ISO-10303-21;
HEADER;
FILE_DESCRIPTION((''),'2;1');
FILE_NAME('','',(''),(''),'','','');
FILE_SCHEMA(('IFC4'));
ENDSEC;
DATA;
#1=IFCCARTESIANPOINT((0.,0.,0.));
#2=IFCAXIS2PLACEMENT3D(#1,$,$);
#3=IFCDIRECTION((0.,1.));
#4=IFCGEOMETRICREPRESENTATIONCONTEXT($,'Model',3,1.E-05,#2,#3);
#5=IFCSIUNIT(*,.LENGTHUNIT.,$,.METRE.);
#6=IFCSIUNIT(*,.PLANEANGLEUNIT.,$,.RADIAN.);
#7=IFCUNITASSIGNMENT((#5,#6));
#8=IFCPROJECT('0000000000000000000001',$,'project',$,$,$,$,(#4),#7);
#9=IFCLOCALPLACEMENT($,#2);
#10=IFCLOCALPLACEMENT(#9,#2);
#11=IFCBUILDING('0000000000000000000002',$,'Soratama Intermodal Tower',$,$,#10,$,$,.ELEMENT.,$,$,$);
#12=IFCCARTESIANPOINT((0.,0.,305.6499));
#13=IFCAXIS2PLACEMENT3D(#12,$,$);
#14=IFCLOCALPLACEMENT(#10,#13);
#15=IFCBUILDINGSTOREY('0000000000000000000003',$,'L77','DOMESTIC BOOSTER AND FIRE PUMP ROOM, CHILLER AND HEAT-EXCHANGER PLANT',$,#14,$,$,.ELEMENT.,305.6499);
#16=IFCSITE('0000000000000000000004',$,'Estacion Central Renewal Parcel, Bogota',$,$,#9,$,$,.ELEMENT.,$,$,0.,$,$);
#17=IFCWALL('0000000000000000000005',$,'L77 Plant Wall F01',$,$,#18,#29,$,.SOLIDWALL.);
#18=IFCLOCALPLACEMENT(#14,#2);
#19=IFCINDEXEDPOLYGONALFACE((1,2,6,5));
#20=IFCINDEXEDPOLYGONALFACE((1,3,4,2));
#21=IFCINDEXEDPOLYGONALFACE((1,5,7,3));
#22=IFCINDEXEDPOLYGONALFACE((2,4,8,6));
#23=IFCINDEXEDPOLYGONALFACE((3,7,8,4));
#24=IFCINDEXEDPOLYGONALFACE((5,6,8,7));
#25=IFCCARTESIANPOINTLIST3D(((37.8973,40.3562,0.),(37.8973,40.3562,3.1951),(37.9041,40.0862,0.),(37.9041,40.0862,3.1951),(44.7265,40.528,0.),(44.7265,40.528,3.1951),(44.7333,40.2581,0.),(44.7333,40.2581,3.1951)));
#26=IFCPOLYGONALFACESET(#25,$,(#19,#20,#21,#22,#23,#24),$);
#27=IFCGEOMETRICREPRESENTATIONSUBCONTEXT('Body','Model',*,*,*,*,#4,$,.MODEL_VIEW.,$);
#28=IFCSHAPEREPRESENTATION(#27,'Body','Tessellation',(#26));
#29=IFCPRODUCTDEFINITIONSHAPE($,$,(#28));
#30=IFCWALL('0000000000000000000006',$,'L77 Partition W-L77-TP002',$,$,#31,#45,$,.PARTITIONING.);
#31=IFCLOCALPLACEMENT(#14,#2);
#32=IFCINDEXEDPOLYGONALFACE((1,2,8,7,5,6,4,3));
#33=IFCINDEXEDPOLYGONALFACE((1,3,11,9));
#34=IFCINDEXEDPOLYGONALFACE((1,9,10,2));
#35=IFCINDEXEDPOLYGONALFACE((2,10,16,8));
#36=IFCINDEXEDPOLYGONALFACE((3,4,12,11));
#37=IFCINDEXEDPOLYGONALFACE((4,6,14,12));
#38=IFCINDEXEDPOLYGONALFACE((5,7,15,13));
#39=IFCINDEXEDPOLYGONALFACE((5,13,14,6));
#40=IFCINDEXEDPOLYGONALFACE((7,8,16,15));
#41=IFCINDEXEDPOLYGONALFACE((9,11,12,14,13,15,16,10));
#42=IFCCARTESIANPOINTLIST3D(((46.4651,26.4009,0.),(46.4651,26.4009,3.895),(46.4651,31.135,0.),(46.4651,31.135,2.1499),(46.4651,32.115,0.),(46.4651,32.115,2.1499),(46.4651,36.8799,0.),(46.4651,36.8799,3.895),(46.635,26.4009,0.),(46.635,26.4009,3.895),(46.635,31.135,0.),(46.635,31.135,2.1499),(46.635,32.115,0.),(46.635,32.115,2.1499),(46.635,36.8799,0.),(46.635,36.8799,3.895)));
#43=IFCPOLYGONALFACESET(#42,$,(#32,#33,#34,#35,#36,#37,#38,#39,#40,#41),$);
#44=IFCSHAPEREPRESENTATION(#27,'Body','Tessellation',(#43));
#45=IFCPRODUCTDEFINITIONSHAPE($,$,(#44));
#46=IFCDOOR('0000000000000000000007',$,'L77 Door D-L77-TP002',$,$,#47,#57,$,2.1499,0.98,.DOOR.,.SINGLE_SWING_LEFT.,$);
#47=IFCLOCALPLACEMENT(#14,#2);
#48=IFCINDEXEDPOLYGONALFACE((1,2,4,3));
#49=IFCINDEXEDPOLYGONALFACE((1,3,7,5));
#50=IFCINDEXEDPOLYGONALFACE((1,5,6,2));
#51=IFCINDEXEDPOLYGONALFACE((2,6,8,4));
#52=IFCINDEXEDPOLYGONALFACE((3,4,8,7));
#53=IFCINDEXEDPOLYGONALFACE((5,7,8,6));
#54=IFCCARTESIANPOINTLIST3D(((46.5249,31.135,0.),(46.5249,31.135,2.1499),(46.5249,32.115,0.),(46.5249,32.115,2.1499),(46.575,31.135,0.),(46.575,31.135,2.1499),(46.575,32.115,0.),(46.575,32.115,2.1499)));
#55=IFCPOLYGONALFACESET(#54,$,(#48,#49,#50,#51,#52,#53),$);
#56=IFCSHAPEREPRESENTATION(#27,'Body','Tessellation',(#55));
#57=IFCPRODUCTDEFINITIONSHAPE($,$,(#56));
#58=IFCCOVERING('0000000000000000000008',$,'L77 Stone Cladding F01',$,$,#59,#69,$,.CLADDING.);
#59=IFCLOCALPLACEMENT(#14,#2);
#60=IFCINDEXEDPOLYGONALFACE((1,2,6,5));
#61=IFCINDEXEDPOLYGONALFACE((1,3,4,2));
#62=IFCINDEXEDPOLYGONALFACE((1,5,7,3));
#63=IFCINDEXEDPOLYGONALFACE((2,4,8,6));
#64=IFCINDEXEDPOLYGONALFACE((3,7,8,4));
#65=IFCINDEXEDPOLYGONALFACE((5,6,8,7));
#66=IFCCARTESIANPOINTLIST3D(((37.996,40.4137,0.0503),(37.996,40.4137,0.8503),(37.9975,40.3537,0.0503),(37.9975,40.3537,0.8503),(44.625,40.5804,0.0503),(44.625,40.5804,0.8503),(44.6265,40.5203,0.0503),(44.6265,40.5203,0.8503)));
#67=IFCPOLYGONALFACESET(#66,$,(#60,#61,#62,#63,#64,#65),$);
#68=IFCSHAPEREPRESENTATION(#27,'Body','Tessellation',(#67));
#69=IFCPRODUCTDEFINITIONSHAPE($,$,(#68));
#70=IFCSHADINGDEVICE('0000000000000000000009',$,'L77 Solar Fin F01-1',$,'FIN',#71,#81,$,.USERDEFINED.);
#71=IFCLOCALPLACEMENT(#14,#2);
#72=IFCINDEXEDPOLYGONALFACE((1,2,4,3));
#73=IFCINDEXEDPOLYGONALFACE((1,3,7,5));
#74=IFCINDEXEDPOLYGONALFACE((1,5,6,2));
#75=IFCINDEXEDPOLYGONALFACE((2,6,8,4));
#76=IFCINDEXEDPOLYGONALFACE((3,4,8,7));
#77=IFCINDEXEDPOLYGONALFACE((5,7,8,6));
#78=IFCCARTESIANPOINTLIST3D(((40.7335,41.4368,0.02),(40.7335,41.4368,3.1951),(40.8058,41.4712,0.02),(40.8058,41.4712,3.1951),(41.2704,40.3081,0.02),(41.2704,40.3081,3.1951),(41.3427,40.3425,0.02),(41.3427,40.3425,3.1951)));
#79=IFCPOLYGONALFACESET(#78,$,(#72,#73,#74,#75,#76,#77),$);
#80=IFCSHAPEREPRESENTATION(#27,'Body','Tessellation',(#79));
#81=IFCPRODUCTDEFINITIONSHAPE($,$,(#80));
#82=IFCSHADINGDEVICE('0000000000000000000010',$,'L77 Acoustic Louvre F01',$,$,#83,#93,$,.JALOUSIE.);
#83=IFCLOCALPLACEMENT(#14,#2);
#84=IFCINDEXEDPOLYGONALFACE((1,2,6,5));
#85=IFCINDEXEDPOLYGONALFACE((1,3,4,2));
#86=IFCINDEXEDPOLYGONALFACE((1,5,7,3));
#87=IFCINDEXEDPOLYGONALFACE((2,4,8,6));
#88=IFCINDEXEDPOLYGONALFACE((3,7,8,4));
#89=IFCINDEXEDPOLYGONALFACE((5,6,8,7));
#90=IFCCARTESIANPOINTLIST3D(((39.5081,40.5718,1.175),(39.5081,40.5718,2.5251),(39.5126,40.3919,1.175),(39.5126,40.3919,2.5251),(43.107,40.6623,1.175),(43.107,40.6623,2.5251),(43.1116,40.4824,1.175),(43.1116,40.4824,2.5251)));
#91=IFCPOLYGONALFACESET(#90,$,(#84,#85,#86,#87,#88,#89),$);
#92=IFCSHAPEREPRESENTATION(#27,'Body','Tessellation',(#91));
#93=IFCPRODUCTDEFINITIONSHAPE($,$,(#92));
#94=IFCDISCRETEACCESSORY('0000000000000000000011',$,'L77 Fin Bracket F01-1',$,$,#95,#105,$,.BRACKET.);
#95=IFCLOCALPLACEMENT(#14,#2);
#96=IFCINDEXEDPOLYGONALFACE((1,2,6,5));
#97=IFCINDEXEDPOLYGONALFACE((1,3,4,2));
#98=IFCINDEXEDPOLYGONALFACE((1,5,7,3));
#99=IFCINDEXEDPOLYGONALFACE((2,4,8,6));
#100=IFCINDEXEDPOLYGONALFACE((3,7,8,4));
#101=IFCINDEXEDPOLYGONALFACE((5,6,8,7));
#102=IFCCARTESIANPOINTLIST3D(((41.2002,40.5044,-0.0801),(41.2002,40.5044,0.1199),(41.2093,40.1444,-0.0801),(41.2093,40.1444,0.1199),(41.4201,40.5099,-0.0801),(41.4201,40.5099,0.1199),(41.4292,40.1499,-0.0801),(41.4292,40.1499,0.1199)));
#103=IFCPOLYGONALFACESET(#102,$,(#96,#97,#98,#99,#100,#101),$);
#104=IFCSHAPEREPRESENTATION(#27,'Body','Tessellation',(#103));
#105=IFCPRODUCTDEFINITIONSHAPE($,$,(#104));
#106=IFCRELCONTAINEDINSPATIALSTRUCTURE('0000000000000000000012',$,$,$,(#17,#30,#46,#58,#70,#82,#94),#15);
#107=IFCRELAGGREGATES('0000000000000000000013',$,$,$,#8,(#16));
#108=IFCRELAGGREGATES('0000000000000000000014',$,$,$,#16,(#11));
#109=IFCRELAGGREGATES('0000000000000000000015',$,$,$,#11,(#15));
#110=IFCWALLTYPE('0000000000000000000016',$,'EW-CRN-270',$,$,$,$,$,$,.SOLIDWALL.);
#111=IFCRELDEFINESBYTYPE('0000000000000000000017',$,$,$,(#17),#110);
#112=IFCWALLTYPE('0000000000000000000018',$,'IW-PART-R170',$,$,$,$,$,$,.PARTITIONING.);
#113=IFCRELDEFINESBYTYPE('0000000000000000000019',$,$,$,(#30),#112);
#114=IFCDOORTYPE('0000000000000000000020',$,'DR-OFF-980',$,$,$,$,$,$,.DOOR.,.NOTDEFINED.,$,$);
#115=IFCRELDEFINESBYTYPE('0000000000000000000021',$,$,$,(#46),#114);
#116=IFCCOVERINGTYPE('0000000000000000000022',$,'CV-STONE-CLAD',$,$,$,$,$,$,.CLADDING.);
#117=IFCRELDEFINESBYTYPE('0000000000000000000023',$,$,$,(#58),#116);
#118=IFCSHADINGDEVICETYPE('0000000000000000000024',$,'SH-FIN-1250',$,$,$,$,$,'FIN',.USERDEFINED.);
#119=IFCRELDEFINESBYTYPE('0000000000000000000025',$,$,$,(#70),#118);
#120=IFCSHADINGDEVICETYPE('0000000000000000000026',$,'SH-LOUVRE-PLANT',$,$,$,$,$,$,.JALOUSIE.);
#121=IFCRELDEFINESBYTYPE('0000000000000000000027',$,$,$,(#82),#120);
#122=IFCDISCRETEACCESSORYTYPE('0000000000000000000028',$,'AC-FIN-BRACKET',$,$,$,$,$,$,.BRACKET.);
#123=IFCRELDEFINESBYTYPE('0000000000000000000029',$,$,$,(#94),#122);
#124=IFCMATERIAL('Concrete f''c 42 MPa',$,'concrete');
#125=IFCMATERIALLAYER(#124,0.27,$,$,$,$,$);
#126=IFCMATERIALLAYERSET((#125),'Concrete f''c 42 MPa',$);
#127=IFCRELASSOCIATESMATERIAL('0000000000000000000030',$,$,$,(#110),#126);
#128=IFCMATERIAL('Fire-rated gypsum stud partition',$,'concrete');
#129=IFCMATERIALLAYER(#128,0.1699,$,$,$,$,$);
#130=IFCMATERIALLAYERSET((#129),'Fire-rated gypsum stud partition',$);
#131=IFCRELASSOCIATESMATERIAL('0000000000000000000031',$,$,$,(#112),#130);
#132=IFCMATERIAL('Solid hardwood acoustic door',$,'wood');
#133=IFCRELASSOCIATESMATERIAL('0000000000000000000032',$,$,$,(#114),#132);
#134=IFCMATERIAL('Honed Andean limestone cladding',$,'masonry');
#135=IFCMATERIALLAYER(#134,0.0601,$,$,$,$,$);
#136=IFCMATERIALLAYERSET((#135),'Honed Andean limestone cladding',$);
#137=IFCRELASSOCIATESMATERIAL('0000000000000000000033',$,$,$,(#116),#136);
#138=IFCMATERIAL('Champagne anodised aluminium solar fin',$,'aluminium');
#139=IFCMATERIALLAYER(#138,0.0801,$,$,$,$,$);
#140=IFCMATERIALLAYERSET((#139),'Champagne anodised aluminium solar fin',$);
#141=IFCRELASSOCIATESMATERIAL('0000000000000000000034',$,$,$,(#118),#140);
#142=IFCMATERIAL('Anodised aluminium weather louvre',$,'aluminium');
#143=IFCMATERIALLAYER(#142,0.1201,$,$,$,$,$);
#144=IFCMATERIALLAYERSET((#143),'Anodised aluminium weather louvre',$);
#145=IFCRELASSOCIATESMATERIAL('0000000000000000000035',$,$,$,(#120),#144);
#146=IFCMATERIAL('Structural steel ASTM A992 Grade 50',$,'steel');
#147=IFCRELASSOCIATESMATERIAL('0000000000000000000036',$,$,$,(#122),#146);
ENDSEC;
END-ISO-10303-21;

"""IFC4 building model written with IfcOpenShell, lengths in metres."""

from ifc_helpers import new_model, si_unit, direction, frame, frame_2d, origin, origin_2d, place, context, subcontext, project, spatial, rectangle, extrude, material, layer, layer_set, type_object, element, fill, save


model = new_model("IFC4")

# Units and contexts
model_context = context("Model", 3, precision=1e-05, world=origin(), true_north=direction((0.0, 1.0)))
body_context = subcontext(model_context, "Body", "Model", "MODEL_VIEW")
ifc_project = project(units=[si_unit("LENGTHUNIT", "METRE"), si_unit("PLANEANGLEUNIT", "RADIAN")], contexts=[model_context])

# Site, building, storey
site_placement = place(None, origin())
site = spatial("IfcSite", under=ifc_project, at=site_placement, Name="Estacion Central Renewal Parcel, Bogota", CompositionType="ELEMENT", RefElevation=0.0)
building_placement = place(site_placement, origin())
building = spatial("IfcBuilding", under=site, at=building_placement, Name="Soratama Intermodal Tower", CompositionType="ELEMENT")
storey_placement = place(building_placement, frame((0.0, 0.0, 305.6499)))
storey = spatial("IfcBuildingStorey", under=building, at=storey_placement, Name="L77", Description="DOMESTIC BOOSTER AND FIRE PUMP ROOM, CHILLER AND HEAT-EXCHANGER PLANT", CompositionType="ELEMENT", Elevation=305.6499)

# Wall
ifc_material_1 = material(Name="Concrete f'c 42 MPa", Category="concrete")
ifc_layer_1 = layer(ifc_material_1, 0.27)
ifc_layer_set_1 = layer_set([ifc_layer_1], Name="Concrete f'c 42 MPa")
wall_type_1 = type_object("IfcWallType", Name="EW-CRN-270", PredefinedType="SOLIDWALL", material=ifc_layer_set_1)
wall_1_placement = place(storey_placement, frame((44.7297, 40.3931, 0.0), z_axis=(0.0, 0.0, 1.0), x_axis=(-0.999683, -0.02516, 0.0)))
element("IfcWall", 1, at=wall_1_placement, inside=storey, type_object=wall_type_1, Name="L77 Plant Wall F01", PredefinedType="SOLIDWALL", context=body_context, shape_type="SweptSolid", body=[
    extrude(rectangle(XDim=6.8313, YDim=0.27, at=frame_2d((3.4155, 0.0))), origin(), (0.0, 0.0, 1.0), 3.1951),
])

# Wall, opening, door
ifc_material_2 = material(Name="Fire-rated gypsum stud partition", Category="concrete")
ifc_layer_2 = layer(ifc_material_2, 0.1699)
ifc_layer_set_2 = layer_set([ifc_layer_2], Name="Fire-rated gypsum stud partition")
wall_type_2 = type_object("IfcWallType", Name="IW-PART-R170", PredefinedType="PARTITIONING", material=ifc_layer_set_2)
wall_2_placement = place(storey_placement, frame((46.55, 36.8799, 0.0), z_axis=(0.0, 0.0, 1.0), x_axis=(0.0, -1.0, 0.0)))
wall_2 = element("IfcWall", 2, at=wall_2_placement, inside=storey, type_object=wall_type_2, Name="L77 Partition W-L77-TP002", PredefinedType="PARTITIONING", context=body_context, shape_type="SweptSolid", body=[
    extrude(rectangle(XDim=10.479, YDim=0.1699, at=frame_2d((5.2395, 0.0))), origin(), (0.0, 0.0, 1.0), 3.895),
])
opening_placement = place(wall_2_placement, frame((4.7649, 0.0, 0.0)))
opening = element("IfcOpeningElement", 3, at=opening_placement, cuts=wall_2, PredefinedType="OPENING", context=body_context, shape_type="SweptSolid", body=[
    extrude(rectangle(XDim=0.98, YDim=2.1499, at=frame_2d((0.49, 1.075))), frame((0.0, 0.095, 0.0), z_axis=(0.0, -1.0, 0.0), x_axis=(1.0, 0.0, 0.0)), (0.0, 0.0, 1.0), 0.1899),
])
ifc_material_3 = material(Name="Solid hardwood acoustic door", Category="wood")
door_type = type_object("IfcDoorType", Name="DR-OFF-980", OperationType="NOTDEFINED", PredefinedType="DOOR", material=ifc_material_3)
door_placement = place(opening_placement, origin())
door = element("IfcDoor", 4, at=door_placement, inside=storey, type_object=door_type, Name="L77 Door D-L77-TP002", OperationType="SINGLE_SWING_LEFT", OverallHeight=2.1499, OverallWidth=0.98, PredefinedType="DOOR", context=body_context, shape_type="SweptSolid", body=[
    extrude(rectangle(XDim=0.98, YDim=2.1499, at=frame_2d((0.49, 1.075))), frame((0.0, 0.0249, 0.0), z_axis=(0.0, -1.0, 0.0), x_axis=(1.0, 0.0, 0.0)), (0.0, 0.0, 1.0), 0.05),
])
fill(opening, door)

# Covering
ifc_material_4 = material(Name="Honed Andean limestone cladding", Category="masonry")
ifc_layer_3 = layer(ifc_material_4, 0.0601)
ifc_layer_set_3 = layer_set([ifc_layer_3], Name="Honed Andean limestone cladding")
covering_type = type_object("IfcCoveringType", Name="CV-STONE-CLAD", PredefinedType="CLADDING", material=ifc_layer_set_3)
covering_placement = place(storey_placement, frame((41.3113, 40.467, 0.0503), z_axis=(0.0, 0.0, 1.0), x_axis=(-0.999684, -0.02513, 0.0)))
element("IfcCovering", 5, at=covering_placement, inside=storey, type_object=covering_type, Name="L77 Stone Cladding F01", PredefinedType="CLADDING", context=body_context, shape_type="SweptSolid", body=[
    extrude(rectangle(XDim=6.6311, YDim=0.0601, at=origin_2d()), origin(), (0.0, 0.0, 1.0), 0.8),
])

# Shading devices
ifc_material_5 = material(Name="Champagne anodised aluminium solar fin", Category="aluminium")
ifc_layer_4 = layer(ifc_material_5, 0.0801)
ifc_layer_set_4 = layer_set([ifc_layer_4], Name="Champagne anodised aluminium solar fin")
shading_device_type_1 = type_object("IfcShadingDeviceType", Name="SH-FIN-1250", ElementType="FIN", PredefinedType="USERDEFINED", material=ifc_layer_set_4)
shading_device_1_placement = place(storey_placement, frame((41.0381, 40.8896, 0.02), z_axis=(0.0, 0.0, 1.0), x_axis=(-0.429566, 0.903036, 0.0)))
element("IfcShadingDevice", 6, at=shading_device_1_placement, inside=storey, type_object=shading_device_type_1, Name="L77 Solar Fin F01-1", ObjectType="FIN", PredefinedType="USERDEFINED", context=body_context, shape_type="SweptSolid", body=[
    extrude(rectangle(XDim=1.25, YDim=0.0801, at=origin_2d()), origin(), (0.0, 0.0, 1.0), 3.175),
])
ifc_material_6 = material(Name="Anodised aluminium weather louvre", Category="aluminium")
ifc_layer_5 = layer(ifc_material_6, 0.1201)
ifc_layer_set_5 = layer_set([ifc_layer_5], Name="Anodised aluminium weather louvre")
shading_device_type_2 = type_object("IfcShadingDeviceType", Name="SH-LOUVRE-PLANT", PredefinedType="JALOUSIE", material=ifc_layer_set_5)
shading_device_2_placement = place(storey_placement, frame((41.3098, 40.5271, 1.175), z_axis=(0.0, 0.0, 1.0), x_axis=(-0.999684, -0.02513, 0.0)))
element("IfcShadingDevice", 7, at=shading_device_2_placement, inside=storey, type_object=shading_device_type_2, Name="L77 Acoustic Louvre F01", PredefinedType="JALOUSIE", context=body_context, shape_type="SweptSolid", body=[
    extrude(rectangle(XDim=3.6001, YDim=0.1799, at=origin_2d()), origin(), (0.0, 0.0, 1.0), 1.3501),
])

# Discrete accessory
ifc_material_7 = material(Name="Structural steel ASTM A992 Grade 50", Category="steel")
discrete_accessory_type = type_object("IfcDiscreteAccessoryType", Name="AC-FIN-BRACKET", PredefinedType="BRACKET", material=ifc_material_7)
discrete_accessory_placement = place(storey_placement, frame((41.3147, 40.3271, -0.0801), z_axis=(0.0, 0.0, 1.0), x_axis=(-0.02513, 0.999684, 0.0)))
element("IfcDiscreteAccessory", 8, at=discrete_accessory_placement, inside=storey, type_object=discrete_accessory_type, Name="L77 Fin Bracket F01-1", PredefinedType="BRACKET", context=body_context, shape_type="SweptSolid", body=[
    extrude(rectangle(XDim=0.3601, YDim=0.22, at=origin_2d()), origin(), (0.0, 0.0, 1.0), 0.2),
])

save(model, "model.ifc")
